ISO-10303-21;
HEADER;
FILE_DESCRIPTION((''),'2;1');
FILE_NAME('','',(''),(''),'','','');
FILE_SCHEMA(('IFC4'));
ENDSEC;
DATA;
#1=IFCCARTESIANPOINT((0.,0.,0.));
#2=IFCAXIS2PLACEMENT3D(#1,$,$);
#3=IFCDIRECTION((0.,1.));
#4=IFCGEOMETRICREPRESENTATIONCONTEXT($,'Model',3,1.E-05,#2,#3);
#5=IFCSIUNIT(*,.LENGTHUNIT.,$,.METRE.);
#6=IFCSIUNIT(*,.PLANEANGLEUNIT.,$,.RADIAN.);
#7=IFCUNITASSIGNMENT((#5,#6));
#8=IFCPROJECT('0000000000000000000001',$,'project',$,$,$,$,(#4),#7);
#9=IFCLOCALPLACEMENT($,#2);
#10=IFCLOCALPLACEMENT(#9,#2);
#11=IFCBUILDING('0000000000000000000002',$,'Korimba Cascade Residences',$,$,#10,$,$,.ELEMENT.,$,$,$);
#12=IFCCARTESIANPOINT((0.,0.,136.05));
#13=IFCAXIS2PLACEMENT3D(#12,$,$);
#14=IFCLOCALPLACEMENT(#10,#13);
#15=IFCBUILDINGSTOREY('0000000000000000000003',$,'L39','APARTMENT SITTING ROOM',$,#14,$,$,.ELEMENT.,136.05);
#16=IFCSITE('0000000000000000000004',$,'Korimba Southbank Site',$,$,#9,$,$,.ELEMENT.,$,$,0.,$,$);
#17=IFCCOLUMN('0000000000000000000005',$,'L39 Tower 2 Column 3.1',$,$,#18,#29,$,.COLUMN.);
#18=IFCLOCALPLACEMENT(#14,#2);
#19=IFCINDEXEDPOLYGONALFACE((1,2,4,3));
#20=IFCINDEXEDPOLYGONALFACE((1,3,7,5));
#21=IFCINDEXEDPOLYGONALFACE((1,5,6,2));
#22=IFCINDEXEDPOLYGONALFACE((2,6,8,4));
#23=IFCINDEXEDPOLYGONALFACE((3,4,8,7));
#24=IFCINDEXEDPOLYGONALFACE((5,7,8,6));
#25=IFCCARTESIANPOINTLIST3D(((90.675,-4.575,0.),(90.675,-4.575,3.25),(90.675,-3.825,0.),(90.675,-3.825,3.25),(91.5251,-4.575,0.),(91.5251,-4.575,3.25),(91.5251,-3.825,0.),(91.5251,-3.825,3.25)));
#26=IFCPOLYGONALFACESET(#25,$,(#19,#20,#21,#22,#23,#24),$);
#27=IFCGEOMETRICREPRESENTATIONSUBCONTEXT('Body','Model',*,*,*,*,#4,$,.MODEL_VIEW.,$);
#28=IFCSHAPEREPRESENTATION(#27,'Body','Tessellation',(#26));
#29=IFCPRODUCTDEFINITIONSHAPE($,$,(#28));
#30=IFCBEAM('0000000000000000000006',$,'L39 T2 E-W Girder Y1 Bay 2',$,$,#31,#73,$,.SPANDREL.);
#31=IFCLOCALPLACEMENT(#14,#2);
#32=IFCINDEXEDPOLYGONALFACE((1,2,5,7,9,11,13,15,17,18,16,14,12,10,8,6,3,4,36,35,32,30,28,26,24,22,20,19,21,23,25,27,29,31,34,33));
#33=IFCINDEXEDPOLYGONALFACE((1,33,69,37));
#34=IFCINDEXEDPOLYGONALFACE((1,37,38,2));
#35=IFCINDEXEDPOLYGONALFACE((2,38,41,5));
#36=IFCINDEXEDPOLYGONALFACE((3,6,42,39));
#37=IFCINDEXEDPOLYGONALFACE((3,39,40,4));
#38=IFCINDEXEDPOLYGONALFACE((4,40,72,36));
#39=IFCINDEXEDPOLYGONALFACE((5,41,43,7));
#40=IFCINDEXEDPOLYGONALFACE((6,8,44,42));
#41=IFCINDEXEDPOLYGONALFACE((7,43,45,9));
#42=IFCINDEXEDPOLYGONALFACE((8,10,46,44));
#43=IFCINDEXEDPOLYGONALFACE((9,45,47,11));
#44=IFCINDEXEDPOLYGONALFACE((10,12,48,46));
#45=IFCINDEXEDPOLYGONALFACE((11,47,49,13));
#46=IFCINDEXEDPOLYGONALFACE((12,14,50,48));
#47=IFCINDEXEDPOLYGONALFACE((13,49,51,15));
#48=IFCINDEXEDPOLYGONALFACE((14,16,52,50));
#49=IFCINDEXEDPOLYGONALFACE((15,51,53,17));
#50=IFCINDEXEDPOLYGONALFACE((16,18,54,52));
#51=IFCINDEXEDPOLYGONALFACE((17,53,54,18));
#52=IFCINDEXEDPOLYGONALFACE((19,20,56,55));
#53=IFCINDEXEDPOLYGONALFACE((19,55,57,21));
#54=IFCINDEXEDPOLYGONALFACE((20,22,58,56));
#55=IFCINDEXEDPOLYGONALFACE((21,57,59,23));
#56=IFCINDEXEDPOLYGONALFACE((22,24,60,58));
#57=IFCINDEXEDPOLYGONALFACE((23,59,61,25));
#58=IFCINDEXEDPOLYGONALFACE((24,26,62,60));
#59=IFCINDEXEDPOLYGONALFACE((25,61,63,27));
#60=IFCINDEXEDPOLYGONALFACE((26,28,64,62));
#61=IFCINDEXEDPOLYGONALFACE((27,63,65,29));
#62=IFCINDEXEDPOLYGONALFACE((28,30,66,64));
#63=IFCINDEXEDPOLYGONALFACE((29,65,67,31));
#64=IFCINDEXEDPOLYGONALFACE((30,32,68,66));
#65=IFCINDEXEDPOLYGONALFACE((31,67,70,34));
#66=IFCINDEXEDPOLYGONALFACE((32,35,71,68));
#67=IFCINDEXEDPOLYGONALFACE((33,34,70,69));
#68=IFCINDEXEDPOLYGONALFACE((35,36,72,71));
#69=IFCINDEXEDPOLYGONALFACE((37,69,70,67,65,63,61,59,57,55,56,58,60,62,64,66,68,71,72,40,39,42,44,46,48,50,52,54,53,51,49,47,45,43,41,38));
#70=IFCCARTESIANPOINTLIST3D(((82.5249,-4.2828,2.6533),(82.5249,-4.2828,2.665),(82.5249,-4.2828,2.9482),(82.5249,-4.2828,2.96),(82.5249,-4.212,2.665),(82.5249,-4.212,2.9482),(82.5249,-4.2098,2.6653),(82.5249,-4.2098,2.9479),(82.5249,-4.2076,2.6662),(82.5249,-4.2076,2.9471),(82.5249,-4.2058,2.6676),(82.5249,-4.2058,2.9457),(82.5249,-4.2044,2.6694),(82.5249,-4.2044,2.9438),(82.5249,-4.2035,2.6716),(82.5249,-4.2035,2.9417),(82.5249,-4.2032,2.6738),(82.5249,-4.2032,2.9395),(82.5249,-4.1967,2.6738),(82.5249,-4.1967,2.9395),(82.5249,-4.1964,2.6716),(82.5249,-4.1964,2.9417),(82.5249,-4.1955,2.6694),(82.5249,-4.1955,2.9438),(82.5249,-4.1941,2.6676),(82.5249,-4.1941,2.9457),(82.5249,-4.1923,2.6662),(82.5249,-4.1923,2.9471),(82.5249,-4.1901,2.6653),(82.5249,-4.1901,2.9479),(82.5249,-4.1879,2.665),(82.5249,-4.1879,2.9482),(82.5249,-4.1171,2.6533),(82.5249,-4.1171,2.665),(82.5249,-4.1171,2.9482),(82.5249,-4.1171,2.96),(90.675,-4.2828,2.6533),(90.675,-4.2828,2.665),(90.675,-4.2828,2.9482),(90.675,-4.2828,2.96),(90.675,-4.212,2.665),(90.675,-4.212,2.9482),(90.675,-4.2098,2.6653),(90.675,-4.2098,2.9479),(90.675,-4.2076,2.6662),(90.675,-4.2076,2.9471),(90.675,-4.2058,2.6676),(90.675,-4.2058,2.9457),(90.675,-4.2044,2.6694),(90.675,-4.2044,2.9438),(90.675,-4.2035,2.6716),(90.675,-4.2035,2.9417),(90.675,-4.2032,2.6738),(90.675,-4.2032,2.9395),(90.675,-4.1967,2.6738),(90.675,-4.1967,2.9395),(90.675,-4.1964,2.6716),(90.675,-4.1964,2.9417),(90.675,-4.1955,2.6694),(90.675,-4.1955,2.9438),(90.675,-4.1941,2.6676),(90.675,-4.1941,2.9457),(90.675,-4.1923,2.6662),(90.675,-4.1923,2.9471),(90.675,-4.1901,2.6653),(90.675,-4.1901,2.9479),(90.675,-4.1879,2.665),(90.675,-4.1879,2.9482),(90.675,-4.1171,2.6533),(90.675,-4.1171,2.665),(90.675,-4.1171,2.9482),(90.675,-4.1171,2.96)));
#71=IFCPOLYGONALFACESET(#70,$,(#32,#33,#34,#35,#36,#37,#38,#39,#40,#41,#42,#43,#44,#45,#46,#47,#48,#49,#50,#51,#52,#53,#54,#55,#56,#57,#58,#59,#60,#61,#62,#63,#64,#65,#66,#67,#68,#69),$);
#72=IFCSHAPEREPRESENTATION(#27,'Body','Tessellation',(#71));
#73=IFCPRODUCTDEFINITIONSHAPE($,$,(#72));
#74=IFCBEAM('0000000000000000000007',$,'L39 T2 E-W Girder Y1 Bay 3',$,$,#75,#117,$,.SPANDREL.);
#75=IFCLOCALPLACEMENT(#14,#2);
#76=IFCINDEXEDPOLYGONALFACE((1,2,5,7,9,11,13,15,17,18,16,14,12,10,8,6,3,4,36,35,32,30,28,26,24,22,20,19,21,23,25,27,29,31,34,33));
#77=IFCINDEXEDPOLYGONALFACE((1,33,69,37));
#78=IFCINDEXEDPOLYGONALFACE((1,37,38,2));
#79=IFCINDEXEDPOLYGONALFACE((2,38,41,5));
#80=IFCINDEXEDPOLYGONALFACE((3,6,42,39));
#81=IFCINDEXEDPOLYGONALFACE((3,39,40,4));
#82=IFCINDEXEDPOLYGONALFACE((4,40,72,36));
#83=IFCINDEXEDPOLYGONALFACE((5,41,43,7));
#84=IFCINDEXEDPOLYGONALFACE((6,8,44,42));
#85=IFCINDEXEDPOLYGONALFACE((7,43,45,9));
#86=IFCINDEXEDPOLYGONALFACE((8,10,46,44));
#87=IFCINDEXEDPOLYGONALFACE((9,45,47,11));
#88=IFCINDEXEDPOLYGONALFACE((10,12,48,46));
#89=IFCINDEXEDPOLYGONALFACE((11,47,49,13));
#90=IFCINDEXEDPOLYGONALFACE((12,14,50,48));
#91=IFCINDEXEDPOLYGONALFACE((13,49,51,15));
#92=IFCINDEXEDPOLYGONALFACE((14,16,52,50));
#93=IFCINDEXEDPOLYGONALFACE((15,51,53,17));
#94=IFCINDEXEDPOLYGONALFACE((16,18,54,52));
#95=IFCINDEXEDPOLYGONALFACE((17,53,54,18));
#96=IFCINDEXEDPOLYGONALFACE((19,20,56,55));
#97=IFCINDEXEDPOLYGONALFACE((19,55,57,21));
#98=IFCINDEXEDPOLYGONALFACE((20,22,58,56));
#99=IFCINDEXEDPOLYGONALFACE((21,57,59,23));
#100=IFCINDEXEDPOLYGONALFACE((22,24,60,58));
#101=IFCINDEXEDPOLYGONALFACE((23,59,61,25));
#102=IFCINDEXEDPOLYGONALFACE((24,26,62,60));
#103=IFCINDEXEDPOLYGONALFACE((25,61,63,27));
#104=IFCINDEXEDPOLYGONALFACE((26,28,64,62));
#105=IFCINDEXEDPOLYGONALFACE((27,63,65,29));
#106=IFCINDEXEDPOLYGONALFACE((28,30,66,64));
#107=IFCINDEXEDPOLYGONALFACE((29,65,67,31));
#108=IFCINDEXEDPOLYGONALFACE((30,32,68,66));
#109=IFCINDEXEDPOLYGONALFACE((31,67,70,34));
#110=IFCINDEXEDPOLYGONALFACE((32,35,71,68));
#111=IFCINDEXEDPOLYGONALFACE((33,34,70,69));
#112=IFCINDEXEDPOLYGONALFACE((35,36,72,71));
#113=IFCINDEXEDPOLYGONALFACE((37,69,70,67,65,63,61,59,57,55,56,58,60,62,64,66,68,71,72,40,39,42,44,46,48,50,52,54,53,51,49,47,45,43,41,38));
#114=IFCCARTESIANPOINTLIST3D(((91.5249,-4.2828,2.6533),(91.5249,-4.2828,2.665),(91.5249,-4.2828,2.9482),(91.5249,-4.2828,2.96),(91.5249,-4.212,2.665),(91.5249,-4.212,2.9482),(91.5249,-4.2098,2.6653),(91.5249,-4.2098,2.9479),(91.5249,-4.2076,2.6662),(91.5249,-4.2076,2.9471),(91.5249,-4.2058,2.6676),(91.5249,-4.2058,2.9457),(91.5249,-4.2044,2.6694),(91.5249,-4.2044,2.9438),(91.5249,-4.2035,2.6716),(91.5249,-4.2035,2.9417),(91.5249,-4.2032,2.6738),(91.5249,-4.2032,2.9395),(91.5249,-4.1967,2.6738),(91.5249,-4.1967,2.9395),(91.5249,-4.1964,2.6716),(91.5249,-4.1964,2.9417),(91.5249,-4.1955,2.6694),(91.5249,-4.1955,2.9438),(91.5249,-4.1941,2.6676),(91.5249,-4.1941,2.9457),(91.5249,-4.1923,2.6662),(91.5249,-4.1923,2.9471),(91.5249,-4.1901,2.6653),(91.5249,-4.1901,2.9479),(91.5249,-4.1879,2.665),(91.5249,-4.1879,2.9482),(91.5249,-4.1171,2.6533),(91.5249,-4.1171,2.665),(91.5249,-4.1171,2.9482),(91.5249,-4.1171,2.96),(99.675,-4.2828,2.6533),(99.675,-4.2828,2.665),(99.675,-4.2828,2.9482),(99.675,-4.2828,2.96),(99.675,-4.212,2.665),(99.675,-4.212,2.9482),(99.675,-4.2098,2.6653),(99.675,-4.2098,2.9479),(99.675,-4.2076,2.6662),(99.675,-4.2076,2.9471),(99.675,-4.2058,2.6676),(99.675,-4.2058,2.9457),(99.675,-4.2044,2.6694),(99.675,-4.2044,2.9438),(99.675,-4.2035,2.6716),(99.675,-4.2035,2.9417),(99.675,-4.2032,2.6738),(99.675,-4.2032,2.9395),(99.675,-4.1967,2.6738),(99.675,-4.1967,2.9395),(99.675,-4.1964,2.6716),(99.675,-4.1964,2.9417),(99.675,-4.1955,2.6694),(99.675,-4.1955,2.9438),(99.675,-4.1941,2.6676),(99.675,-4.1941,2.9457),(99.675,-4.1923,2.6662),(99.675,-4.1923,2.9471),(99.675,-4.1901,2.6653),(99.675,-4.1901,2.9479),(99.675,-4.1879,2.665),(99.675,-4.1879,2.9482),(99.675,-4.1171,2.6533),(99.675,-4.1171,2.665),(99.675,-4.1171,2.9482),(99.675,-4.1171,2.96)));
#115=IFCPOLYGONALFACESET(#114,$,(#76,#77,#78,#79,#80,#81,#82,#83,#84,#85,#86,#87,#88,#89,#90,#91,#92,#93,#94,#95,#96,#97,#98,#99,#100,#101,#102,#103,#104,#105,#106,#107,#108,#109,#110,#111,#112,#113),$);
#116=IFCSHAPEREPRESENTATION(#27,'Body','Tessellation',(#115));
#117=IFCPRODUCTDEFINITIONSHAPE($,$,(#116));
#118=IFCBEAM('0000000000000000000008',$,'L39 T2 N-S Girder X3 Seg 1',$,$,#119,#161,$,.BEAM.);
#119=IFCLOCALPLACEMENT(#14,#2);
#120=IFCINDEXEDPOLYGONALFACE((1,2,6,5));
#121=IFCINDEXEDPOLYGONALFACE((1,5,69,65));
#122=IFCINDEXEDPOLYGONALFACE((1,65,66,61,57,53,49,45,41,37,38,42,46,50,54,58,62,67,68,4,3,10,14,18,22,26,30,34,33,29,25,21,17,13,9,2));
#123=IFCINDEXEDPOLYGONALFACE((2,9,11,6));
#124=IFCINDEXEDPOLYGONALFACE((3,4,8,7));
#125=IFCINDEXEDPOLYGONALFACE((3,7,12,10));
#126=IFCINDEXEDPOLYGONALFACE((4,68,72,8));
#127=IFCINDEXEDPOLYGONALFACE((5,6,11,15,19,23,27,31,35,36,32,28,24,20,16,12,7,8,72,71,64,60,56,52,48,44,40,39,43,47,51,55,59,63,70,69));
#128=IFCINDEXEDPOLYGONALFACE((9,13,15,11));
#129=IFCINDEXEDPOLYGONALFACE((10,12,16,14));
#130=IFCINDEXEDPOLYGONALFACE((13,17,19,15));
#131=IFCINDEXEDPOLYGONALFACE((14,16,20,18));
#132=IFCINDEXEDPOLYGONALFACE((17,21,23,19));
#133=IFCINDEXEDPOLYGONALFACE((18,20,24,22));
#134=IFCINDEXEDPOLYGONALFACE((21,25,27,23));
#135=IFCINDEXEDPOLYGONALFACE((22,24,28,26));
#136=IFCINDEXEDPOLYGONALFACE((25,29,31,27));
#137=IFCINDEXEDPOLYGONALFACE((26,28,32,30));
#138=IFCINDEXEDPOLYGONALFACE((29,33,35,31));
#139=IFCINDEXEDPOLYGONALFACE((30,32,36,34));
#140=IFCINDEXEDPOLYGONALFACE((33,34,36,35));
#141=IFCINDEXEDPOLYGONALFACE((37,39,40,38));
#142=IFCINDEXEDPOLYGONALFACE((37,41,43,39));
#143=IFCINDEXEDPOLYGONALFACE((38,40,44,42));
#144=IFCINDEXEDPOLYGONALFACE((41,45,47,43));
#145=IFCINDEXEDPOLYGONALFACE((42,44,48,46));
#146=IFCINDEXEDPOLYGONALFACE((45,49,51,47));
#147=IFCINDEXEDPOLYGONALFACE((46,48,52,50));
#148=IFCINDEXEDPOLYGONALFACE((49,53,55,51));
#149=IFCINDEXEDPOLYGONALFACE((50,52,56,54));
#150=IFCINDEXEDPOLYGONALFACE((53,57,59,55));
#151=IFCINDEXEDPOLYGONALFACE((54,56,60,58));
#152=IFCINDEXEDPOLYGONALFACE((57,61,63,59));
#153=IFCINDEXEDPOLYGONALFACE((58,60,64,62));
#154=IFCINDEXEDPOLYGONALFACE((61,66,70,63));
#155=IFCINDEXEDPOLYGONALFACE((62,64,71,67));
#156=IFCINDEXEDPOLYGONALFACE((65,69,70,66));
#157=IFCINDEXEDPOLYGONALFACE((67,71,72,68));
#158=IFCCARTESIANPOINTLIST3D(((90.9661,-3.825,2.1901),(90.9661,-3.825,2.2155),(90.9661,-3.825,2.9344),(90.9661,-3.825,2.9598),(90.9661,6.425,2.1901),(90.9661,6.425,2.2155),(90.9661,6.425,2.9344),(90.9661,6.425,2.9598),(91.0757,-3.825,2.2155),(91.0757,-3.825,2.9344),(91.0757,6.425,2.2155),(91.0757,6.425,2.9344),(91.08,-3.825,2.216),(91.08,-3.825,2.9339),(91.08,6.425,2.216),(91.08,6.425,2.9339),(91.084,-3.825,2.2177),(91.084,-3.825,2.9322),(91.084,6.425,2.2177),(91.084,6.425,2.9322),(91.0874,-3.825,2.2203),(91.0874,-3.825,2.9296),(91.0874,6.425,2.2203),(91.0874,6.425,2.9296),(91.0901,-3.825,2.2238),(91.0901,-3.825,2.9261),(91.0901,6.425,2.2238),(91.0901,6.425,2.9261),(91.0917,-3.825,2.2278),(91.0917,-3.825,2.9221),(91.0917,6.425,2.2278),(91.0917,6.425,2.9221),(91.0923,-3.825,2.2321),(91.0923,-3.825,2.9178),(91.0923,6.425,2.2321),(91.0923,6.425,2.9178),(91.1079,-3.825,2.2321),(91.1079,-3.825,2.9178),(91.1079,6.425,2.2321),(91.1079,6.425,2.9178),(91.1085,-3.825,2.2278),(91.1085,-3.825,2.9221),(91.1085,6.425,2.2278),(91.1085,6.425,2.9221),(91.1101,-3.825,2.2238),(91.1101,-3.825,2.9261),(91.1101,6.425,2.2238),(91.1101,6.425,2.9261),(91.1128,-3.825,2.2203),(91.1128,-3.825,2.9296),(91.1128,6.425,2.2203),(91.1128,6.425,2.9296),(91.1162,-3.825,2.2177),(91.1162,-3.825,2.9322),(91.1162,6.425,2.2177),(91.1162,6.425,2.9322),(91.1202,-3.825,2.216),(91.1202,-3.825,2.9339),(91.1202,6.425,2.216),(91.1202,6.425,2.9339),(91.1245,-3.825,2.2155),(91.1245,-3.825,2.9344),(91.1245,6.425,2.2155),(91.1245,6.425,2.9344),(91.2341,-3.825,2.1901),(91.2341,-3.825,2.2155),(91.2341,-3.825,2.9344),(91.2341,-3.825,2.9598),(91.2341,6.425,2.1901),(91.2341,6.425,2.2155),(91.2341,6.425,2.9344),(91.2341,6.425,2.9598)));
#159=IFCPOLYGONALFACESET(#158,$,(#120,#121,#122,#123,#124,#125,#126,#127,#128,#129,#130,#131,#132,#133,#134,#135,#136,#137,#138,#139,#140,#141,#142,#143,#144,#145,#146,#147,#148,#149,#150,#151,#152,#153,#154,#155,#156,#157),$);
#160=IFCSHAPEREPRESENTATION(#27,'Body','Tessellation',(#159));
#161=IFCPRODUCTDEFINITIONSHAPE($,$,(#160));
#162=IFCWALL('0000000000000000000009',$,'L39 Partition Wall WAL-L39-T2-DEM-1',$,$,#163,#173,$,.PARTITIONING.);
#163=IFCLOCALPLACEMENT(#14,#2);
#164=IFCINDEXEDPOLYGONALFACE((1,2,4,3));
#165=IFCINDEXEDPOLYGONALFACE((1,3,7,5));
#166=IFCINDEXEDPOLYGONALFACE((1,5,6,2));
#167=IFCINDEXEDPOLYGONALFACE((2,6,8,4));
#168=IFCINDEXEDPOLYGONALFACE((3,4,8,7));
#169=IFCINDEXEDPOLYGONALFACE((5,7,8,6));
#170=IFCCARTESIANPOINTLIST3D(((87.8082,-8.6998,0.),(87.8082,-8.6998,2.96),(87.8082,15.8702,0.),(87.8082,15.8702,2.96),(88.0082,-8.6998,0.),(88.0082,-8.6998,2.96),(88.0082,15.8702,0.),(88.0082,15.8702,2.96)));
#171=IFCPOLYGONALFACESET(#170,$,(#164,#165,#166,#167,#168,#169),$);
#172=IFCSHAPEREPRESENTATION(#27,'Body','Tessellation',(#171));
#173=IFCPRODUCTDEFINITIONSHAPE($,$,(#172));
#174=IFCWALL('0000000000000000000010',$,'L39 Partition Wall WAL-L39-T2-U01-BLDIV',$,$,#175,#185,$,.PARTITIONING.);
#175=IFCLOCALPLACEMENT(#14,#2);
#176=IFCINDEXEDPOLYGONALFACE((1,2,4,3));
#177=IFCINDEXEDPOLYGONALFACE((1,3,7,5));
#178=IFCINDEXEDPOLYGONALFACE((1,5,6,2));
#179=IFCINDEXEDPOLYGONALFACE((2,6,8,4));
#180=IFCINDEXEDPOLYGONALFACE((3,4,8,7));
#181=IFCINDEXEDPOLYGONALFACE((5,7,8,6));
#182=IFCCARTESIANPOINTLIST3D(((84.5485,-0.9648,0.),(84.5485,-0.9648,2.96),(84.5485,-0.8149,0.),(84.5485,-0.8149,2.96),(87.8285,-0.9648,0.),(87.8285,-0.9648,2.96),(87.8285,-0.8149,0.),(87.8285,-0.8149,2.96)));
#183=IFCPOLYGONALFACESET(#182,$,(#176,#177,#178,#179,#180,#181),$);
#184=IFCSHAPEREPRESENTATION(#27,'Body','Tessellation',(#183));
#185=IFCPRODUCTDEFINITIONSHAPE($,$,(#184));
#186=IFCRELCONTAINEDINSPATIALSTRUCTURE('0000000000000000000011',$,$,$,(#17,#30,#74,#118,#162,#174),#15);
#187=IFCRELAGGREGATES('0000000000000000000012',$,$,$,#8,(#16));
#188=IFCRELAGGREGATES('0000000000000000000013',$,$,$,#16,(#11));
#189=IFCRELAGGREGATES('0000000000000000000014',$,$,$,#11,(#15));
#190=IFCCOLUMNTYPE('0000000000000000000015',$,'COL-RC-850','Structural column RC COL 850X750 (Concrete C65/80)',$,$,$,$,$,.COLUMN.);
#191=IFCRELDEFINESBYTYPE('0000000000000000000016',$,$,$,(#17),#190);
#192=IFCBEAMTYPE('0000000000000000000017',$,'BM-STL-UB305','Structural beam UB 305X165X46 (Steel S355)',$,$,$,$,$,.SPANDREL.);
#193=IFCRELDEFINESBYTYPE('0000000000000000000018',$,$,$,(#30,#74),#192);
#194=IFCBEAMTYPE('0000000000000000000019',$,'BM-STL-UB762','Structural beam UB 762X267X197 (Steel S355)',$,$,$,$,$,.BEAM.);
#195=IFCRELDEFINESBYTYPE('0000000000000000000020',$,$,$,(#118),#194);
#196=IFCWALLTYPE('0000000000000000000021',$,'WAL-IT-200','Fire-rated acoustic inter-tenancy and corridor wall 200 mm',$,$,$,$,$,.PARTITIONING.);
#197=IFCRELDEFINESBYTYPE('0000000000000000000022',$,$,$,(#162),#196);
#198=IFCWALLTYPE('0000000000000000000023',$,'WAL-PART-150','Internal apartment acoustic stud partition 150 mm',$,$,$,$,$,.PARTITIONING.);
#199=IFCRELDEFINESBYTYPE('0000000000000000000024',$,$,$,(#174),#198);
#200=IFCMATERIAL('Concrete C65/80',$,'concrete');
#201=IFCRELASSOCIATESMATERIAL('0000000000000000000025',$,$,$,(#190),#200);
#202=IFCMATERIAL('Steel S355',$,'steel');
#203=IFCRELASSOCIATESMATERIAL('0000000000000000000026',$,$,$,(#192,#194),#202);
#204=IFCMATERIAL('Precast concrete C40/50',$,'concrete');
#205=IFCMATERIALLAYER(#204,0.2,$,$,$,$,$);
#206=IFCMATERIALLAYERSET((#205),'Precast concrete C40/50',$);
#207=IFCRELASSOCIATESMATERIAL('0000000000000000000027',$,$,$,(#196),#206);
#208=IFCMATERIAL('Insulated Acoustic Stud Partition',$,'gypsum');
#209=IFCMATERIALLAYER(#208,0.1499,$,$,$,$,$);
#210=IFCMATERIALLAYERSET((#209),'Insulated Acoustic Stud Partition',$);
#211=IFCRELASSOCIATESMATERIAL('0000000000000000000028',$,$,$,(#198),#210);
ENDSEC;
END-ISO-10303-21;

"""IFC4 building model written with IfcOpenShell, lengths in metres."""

from ifc_helpers import new_model, si_unit, direction, frame, frame_2d, origin, origin_2d, place, context, subcontext, project, spatial, rectangle, i_section, extrude, material, layer, layer_set, material_profile, profile_set, type_object, element, save


model = new_model("IFC4")

# Units and contexts
model_context = context("Model", 3, precision=1e-05, world=origin(), true_north=direction((0.0, 1.0)))
body_context = subcontext(model_context, "Body", "Model", "MODEL_VIEW")
ifc_project = project(units=[si_unit("LENGTHUNIT", "METRE"), si_unit("PLANEANGLEUNIT", "RADIAN")], contexts=[model_context])

# Site, building, storey
site_placement = place(None, origin())
site = spatial("IfcSite", under=ifc_project, at=site_placement, Name="Korimba Southbank Site", CompositionType="ELEMENT", RefElevation=0.0)
building_placement = place(site_placement, origin())
building = spatial("IfcBuilding", under=site, at=building_placement, Name="Korimba Cascade Residences", CompositionType="ELEMENT")
storey_placement = place(building_placement, frame((0.0, 0.0, 136.05)))
storey = spatial("IfcBuildingStorey", under=building, at=storey_placement, Name="L39", Description="APARTMENT SITTING ROOM", CompositionType="ELEMENT", Elevation=136.05)

# Column
ifc_material_1 = material(Name="Concrete C65/80", Category="concrete")
ifc_material_profile_1 = material_profile(ifc_material_1, rectangle(XDim=0.8501, YDim=0.75, at=origin_2d()), Name="Concrete C65/80")
ifc_profile_set_1 = profile_set([ifc_material_profile_1], Name="Concrete C65/80")
column_type = type_object("IfcColumnType", Name="COL-RC-850", Description="Structural column RC COL 850X750 (Concrete C65/80)", PredefinedType="COLUMN", material=ifc_profile_set_1)
column_placement = place(storey_placement, frame((91.1001, -4.2, 0.0), z_axis=(0.0, 0.0, 1.0), x_axis=(1.0, 0.0, 0.0)))
element("IfcColumn", 1, at=column_placement, inside=storey, type_object=column_type, Name="L39 Tower 2 Column 3.1", PredefinedType="COLUMN", context=body_context, shape_type="SweptSolid", body=[
    extrude(rectangle(XDim=0.8501, YDim=0.75, at=origin_2d()), origin(), (0.0, 0.0, 1.0), 3.25),
])

# Beams
ifc_material_2 = material(Name="Steel S355", Category="steel")
ifc_material_profile_2 = material_profile(ifc_material_2, i_section(OverallWidth=0.1658, OverallDepth=0.3066, WebThickness=0.0066, FlangeThickness=0.0117, FilletRadius=0.0088, at=origin_2d()), Name="Steel S355")
ifc_profile_set_2 = profile_set([ifc_material_profile_2], Name="Steel S355")
beam_type_1 = type_object("IfcBeamType", Name="BM-STL-UB305", Description="Structural beam UB 305X165X46 (Steel S355)", PredefinedType="SPANDREL", material=ifc_profile_set_2)
for number, where, z_axis, x_axis, name in (
    (2, (82.5249, -4.2, 2.8066), (1.0, 0.0, 0.0), (0.0, 1.0, 0.0), "L39 T2 E-W Girder Y1 Bay 2"),
    (3, (91.5249, -4.2, 2.8066), (1.0, 0.0, 0.0), (0.0, 1.0, 0.0), "L39 T2 E-W Girder Y1 Bay 3"),
):
    element("IfcBeam", number, at=place(storey_placement, frame(where, z_axis=z_axis, x_axis=x_axis)), inside=storey, type_object=beam_type_1, Name=name, PredefinedType="SPANDREL", context=body_context, shape_type="SweptSolid", body=[
        extrude(i_section(OverallWidth=0.1658, OverallDepth=0.3066, WebThickness=0.0066, FlangeThickness=0.0117, FilletRadius=0.0088, at=origin_2d()), origin(), (0.0, 0.0, 1.0), 8.1501),
    ])
ifc_material_profile_3 = material_profile(ifc_material_2, i_section(OverallWidth=0.2681, OverallDepth=0.7698, WebThickness=0.0156, FlangeThickness=0.0254, FilletRadius=0.0166, at=origin_2d()), Name="Steel S355")
ifc_profile_set_3 = profile_set([ifc_material_profile_3], Name="Steel S355")
beam_type_2 = type_object("IfcBeamType", Name="BM-STL-UB762", Description="Structural beam UB 762X267X197 (Steel S355)", PredefinedType="BEAM", material=ifc_profile_set_3)
beam_placement = place(storey_placement, frame((91.1001, -3.825, 2.575), z_axis=(0.0, 1.0, 0.0), x_axis=(-1.0, 0.0, 0.0)))
element("IfcBeam", 4, at=beam_placement, inside=storey, type_object=beam_type_2, Name="L39 T2 N-S Girder X3 Seg 1", PredefinedType="BEAM", context=body_context, shape_type="SweptSolid", body=[
    extrude(i_section(OverallWidth=0.2681, OverallDepth=0.7698, WebThickness=0.0156, FlangeThickness=0.0254, FilletRadius=0.0166, at=origin_2d()), origin(), (0.0, 0.0, 1.0), 10.25),
])

# Walls
ifc_material_3 = material(Name="Precast concrete C40/50", Category="concrete")
ifc_layer_1 = layer(ifc_material_3, 0.2)
ifc_layer_set_1 = layer_set([ifc_layer_1], Name="Precast concrete C40/50")
wall_type_1 = type_object("IfcWallType", Name="WAL-IT-200", Description="Fire-rated acoustic inter-tenancy and corridor wall 200 mm", PredefinedType="PARTITIONING", material=ifc_layer_set_1)
wall_1_placement = place(storey_placement, frame((87.9082, -8.7, 0.0), z_axis=(0.0, 0.0, 1.0), x_axis=(0.0, 1.0, 0.0)))
element("IfcWall", 5, at=wall_1_placement, inside=storey, type_object=wall_type_1, Name="L39 Partition Wall WAL-L39-T2-DEM-1", PredefinedType="PARTITIONING", context=body_context, shape_type="SweptSolid", body=[
    extrude(rectangle(XDim=24.5701, YDim=0.2, at=frame_2d((12.2852, 0.0))), origin(), (0.0, 0.0, 1.0), 2.96),
])
ifc_material_4 = material(Name="Insulated Acoustic Stud Partition", Category="gypsum")
ifc_layer_2 = layer(ifc_material_4, 0.1499)
ifc_layer_set_2 = layer_set([ifc_layer_2], Name="Insulated Acoustic Stud Partition")
wall_type_2 = type_object("IfcWallType", Name="WAL-PART-150", Description="Internal apartment acoustic stud partition 150 mm", PredefinedType="PARTITIONING", material=ifc_layer_set_2)
wall_2_placement = place(storey_placement, frame((84.5483, -0.8899, 0.0), z_axis=(0.0, 0.0, 1.0), x_axis=(1.0, 0.0, 0.0)))
element("IfcWall", 6, at=wall_2_placement, inside=storey, type_object=wall_type_2, Name="L39 Partition Wall WAL-L39-T2-U01-BLDIV", PredefinedType="PARTITIONING", context=body_context, shape_type="SweptSolid", body=[
    extrude(rectangle(XDim=3.28, YDim=0.1499, at=frame_2d((1.6401, 0.0))), origin(), (0.0, 0.0, 1.0), 2.96),
])

save(model, "model.ifc")
